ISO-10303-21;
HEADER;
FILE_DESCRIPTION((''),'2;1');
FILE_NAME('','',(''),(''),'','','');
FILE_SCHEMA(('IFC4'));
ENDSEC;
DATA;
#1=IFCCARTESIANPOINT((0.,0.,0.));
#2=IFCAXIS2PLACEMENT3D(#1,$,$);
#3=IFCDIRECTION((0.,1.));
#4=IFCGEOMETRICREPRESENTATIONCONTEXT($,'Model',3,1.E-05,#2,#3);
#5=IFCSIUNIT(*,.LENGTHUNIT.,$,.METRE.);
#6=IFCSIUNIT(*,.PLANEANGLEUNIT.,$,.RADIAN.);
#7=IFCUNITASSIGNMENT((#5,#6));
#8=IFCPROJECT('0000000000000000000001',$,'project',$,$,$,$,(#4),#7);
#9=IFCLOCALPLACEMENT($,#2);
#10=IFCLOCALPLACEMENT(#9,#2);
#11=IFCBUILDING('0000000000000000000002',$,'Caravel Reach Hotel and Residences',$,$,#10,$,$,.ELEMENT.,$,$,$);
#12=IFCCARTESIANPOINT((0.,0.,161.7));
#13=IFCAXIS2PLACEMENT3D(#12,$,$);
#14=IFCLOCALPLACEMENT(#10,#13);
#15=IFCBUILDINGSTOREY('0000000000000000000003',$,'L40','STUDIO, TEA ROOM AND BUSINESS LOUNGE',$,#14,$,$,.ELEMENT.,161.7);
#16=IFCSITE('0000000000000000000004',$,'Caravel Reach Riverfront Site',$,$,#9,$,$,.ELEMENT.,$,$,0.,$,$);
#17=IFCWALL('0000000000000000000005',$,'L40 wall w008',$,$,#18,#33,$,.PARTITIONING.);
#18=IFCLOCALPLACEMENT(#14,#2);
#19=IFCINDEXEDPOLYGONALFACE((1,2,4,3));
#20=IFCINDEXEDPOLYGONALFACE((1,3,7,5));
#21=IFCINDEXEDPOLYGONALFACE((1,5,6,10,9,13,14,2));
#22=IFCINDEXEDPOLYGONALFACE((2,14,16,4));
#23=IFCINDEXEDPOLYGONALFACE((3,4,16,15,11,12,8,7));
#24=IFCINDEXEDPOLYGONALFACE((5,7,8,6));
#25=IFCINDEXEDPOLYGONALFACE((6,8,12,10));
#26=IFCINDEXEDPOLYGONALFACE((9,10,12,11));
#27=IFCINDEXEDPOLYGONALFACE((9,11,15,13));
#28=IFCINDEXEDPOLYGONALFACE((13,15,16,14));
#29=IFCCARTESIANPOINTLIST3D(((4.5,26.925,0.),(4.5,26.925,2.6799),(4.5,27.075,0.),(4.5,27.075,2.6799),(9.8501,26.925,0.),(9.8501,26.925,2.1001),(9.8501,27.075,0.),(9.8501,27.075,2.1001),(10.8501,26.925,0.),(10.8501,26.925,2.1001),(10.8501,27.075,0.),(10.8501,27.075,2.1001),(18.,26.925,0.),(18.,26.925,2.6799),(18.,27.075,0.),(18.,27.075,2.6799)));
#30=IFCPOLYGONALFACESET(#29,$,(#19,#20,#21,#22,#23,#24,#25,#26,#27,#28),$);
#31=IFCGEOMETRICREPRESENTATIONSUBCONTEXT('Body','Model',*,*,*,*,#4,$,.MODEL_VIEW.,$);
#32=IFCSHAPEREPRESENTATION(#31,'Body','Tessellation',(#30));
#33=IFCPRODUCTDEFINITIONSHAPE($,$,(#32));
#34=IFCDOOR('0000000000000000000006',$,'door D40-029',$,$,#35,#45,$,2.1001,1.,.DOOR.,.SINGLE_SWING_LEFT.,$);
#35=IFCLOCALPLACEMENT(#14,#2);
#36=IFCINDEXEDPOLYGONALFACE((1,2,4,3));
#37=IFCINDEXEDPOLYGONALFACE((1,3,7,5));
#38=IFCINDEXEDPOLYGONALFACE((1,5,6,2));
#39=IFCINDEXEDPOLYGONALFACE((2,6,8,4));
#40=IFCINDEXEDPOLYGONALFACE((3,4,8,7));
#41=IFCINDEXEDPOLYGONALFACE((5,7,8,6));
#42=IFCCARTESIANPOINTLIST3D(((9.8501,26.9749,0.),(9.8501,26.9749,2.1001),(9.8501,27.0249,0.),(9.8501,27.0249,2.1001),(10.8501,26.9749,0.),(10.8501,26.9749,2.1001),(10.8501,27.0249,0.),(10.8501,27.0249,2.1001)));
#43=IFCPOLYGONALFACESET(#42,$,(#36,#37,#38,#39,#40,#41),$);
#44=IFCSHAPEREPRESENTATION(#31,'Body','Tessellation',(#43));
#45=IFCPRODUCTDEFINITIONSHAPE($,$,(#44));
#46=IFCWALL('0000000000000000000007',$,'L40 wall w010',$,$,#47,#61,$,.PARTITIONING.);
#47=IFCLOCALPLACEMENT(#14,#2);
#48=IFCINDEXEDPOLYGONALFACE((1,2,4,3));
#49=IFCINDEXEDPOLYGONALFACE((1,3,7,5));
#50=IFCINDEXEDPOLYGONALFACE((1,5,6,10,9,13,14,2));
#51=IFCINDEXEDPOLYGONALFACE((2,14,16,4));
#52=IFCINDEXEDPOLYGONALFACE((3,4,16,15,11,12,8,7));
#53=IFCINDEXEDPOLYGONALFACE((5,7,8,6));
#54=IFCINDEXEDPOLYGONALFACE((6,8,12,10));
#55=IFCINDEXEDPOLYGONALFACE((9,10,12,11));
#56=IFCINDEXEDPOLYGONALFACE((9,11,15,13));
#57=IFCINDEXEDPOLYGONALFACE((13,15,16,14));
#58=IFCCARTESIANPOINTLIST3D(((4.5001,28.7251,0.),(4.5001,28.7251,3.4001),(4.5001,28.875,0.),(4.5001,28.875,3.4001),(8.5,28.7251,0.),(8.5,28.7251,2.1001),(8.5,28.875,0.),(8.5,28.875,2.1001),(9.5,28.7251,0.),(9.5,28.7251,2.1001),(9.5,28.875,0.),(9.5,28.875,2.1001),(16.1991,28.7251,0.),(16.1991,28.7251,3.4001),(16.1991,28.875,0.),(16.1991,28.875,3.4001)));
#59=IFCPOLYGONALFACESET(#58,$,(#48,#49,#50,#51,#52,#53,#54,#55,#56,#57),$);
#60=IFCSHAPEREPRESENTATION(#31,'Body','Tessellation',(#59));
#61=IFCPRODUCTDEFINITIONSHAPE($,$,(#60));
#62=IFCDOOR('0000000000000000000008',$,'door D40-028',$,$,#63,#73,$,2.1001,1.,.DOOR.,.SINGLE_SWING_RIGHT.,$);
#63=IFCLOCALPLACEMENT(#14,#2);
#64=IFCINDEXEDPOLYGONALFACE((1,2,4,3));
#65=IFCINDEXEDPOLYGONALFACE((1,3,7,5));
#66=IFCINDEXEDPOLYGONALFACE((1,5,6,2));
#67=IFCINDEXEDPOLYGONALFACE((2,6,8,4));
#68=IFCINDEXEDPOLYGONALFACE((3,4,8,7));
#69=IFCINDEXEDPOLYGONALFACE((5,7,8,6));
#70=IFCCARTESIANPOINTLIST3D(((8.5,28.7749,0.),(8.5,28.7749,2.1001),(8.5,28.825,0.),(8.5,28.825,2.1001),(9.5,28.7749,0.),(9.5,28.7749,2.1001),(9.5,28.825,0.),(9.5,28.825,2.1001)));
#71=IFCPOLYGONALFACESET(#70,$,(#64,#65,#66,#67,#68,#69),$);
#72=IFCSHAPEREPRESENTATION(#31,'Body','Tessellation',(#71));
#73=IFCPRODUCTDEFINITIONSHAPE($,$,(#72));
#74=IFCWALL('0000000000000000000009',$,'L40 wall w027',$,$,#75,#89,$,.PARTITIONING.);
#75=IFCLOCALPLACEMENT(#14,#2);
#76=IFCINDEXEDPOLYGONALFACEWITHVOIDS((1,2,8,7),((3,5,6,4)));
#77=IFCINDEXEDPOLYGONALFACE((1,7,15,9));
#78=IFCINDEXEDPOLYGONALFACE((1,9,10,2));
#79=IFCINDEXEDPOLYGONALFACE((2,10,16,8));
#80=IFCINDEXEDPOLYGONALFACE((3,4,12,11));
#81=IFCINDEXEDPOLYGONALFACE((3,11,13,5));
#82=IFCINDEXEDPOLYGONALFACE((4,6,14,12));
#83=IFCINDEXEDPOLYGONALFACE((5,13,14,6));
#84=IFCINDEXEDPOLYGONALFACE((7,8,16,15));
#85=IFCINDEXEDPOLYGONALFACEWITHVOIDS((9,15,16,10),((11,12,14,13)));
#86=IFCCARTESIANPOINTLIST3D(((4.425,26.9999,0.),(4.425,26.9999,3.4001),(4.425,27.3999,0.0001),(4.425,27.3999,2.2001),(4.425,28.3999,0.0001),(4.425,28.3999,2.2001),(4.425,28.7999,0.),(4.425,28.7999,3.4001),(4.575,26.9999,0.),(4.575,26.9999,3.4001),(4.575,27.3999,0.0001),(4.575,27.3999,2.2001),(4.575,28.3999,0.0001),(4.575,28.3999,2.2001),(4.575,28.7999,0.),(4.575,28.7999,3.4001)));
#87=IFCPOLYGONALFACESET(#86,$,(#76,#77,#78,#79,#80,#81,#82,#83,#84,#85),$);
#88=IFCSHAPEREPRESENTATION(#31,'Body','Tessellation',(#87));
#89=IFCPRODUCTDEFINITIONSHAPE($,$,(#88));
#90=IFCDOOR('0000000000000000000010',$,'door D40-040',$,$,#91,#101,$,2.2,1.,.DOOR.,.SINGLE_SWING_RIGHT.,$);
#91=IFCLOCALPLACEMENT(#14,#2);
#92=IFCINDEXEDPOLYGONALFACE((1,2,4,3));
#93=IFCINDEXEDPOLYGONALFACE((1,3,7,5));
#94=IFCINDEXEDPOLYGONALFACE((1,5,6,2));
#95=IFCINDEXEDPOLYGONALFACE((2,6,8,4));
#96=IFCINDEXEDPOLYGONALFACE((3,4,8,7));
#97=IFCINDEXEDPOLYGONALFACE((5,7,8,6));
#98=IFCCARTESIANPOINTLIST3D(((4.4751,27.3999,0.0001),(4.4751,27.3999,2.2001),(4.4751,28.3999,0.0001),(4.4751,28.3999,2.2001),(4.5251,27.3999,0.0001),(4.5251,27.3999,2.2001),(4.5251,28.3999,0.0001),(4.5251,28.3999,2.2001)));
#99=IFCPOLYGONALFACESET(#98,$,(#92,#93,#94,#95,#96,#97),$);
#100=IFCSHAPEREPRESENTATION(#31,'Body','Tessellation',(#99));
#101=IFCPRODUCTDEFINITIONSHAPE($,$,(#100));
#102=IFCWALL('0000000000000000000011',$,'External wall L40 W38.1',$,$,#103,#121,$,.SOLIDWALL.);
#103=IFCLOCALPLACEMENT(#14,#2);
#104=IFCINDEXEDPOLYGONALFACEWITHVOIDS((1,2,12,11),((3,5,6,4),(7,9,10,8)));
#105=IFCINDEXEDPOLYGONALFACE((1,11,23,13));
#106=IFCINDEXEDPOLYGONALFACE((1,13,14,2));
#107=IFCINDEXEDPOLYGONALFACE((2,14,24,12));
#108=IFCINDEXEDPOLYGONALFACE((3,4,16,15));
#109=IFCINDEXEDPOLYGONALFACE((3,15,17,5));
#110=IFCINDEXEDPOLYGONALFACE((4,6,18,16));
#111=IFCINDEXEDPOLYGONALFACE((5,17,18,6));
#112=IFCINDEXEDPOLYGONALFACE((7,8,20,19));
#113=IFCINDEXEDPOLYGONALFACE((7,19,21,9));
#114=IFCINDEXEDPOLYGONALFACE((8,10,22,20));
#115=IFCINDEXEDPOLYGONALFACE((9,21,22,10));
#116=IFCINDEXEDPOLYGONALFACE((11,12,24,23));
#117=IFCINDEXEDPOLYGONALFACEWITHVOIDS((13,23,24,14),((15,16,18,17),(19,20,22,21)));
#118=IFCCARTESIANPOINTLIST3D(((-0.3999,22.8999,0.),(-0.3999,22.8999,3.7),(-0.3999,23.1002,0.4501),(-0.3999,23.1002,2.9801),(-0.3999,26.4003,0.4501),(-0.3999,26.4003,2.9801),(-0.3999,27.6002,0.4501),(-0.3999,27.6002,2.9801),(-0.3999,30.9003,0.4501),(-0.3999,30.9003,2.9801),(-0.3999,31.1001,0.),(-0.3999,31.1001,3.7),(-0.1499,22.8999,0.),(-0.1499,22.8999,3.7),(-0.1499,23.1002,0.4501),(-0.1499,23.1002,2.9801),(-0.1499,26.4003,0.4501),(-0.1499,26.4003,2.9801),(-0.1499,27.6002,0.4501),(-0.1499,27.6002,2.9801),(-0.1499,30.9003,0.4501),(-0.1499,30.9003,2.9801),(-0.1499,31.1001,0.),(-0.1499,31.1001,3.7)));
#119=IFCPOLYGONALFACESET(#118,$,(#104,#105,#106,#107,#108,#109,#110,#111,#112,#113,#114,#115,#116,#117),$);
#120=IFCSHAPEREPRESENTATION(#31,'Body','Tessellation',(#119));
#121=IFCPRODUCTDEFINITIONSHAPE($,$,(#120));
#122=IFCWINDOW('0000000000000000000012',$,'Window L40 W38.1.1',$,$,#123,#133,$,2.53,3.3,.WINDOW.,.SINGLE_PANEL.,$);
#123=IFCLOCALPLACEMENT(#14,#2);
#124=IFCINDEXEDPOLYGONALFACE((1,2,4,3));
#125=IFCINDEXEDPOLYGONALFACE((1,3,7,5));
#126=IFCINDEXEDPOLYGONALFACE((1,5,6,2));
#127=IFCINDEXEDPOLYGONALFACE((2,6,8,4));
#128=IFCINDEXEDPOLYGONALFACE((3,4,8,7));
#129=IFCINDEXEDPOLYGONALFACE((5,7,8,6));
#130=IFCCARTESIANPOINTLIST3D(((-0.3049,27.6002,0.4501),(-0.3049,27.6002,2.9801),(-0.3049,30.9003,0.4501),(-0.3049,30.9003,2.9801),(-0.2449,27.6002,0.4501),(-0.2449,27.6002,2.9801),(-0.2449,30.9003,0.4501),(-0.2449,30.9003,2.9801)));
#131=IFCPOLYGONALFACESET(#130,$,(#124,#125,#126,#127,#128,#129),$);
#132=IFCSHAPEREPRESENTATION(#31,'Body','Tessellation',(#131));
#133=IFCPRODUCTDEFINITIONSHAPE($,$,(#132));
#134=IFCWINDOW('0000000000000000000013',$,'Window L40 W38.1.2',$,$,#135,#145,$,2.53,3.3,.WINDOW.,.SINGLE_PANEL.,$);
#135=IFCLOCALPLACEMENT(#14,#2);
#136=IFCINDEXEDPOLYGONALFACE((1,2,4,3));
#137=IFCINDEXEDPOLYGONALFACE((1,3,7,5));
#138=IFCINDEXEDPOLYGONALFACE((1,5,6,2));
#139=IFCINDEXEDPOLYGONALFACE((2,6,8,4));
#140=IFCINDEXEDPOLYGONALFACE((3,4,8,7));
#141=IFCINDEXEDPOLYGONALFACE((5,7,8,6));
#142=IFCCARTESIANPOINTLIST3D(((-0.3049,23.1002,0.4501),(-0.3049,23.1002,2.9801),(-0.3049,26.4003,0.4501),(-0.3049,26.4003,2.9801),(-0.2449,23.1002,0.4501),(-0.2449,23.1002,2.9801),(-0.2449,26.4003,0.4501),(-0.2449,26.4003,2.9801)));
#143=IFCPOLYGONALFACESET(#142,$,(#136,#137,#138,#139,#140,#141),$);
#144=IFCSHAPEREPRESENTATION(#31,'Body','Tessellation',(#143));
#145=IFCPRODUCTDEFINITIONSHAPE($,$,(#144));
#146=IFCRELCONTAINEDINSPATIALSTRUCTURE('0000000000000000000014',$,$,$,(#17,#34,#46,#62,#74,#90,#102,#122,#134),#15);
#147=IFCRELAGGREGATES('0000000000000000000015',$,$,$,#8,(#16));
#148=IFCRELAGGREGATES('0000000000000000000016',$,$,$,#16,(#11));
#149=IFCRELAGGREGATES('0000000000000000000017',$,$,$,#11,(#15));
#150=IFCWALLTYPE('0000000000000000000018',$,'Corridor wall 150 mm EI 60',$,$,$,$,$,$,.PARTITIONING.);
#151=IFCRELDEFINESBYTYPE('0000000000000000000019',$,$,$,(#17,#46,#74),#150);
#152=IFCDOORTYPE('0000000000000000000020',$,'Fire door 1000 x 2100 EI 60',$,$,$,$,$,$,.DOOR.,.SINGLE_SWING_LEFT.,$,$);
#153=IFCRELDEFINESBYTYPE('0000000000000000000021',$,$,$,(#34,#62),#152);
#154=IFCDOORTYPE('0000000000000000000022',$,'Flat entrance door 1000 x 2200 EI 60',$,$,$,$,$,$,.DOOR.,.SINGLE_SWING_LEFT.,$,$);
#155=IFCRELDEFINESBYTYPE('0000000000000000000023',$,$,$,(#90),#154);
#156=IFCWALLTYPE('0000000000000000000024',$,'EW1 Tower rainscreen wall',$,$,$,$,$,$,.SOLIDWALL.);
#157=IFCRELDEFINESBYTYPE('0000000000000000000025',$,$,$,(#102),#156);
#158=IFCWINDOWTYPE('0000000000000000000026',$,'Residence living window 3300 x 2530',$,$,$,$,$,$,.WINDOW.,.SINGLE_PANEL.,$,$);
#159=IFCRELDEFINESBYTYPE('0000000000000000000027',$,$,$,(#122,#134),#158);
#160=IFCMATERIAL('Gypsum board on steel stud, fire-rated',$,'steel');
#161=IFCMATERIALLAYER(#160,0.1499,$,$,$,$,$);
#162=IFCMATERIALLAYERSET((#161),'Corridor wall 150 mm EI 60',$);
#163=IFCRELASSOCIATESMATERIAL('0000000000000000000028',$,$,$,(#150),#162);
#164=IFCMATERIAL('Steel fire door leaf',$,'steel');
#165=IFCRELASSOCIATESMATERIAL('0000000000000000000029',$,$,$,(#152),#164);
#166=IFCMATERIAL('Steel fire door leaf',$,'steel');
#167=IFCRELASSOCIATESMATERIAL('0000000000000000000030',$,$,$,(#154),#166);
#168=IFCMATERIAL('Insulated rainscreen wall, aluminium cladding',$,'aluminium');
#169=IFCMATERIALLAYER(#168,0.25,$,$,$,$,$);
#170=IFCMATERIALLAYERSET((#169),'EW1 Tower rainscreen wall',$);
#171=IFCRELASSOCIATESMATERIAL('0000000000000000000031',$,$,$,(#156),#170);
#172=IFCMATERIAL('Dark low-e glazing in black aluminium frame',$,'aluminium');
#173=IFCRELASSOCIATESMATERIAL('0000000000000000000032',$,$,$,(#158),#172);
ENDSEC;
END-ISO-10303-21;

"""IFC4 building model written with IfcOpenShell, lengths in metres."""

from ifc_helpers import new_model, si_unit, direction, frame, frame_2d, origin, place, context, subcontext, project, spatial, rectangle, extrude, material, layer, layer_set, type_object, element, fill, save


model = new_model("IFC4")

# Units and contexts
model_context = context("Model", 3, precision=1e-05, world=origin(), true_north=direction((0.0, 1.0)))
body_context = subcontext(model_context, "Body", "Model", "MODEL_VIEW")
ifc_project = project(units=[si_unit("LENGTHUNIT", "METRE"), si_unit("PLANEANGLEUNIT", "RADIAN")], contexts=[model_context])

# Site, building, storey
site_placement = place(None, origin())
site = spatial("IfcSite", under=ifc_project, at=site_placement, Name="Caravel Reach Riverfront Site", CompositionType="ELEMENT", RefElevation=0.0)
building_placement = place(site_placement, origin())
building = spatial("IfcBuilding", under=site, at=building_placement, Name="Caravel Reach Hotel and Residences", CompositionType="ELEMENT")
storey_placement = place(building_placement, frame((0.0, 0.0, 161.7)))
storey = spatial("IfcBuildingStorey", under=building, at=storey_placement, Name="L40", Description="STUDIO, TEA ROOM AND BUSINESS LOUNGE", CompositionType="ELEMENT", Elevation=161.7)

# Walls, openings, doors
ifc_material_1 = material(Name="Gypsum board on steel stud, fire-rated", Category="steel")
ifc_layer_1 = layer(ifc_material_1, 0.1499)
ifc_layer_set_1 = layer_set([ifc_layer_1], Name="Corridor wall 150 mm EI 60")
wall_type_1 = type_object("IfcWallType", Name="Corridor wall 150 mm EI 60", PredefinedType="PARTITIONING", material=ifc_layer_set_1)
wall_1_placement = place(storey_placement, frame((4.5, 27.0, 0.0), z_axis=(0.0, 0.0, 1.0), x_axis=(1.0, 0.0, 0.0)))
wall_1 = element("IfcWall", 1, at=wall_1_placement, inside=storey, type_object=wall_type_1, Name="L40 wall w008", PredefinedType="PARTITIONING", context=body_context, shape_type="SweptSolid", body=[
    extrude(rectangle(XDim=13.5, YDim=0.1499, at=frame_2d((6.75, 0.0))), origin(), (0.0, 0.0, 1.0), 2.6799),
])
opening_1_placement = place(wall_1_placement, frame((5.3501, 0.0, 0.0)))
opening_1 = element("IfcOpeningElement", 2, at=opening_1_placement, cuts=wall_1, PredefinedType="OPENING", context=body_context, shape_type="SweptSolid", body=[
    extrude(rectangle(XDim=1.0, YDim=2.1001, at=frame_2d((0.5, 1.05))), frame((0.0, 0.085, 0.0), z_axis=(0.0, -1.0, 0.0), x_axis=(1.0, 0.0, 0.0)), (0.0, 0.0, 1.0), 0.1699),
])
ifc_material_2 = material(Name="Steel fire door leaf", Category="steel")
door_type_1 = type_object("IfcDoorType", Name="Fire door 1000 x 2100 EI 60", OperationType="SINGLE_SWING_LEFT", PredefinedType="DOOR", material=ifc_material_2)
door_1_placement = place(opening_1_placement, origin())
door_1 = element("IfcDoor", 3, at=door_1_placement, inside=storey, type_object=door_type_1, Name="door D40-029", OperationType="SINGLE_SWING_LEFT", OverallHeight=2.1001, OverallWidth=1.0, PredefinedType="DOOR", context=body_context, shape_type="SweptSolid", body=[
    extrude(rectangle(XDim=1.0, YDim=2.1001, at=frame_2d((0.5, 1.05))), frame((0.0, 0.0249, 0.0), z_axis=(0.0, -1.0, 0.0), x_axis=(1.0, 0.0, 0.0)), (0.0, 0.0, 1.0), 0.05),
])
fill(opening_1, door_1)
wall_2_placement = place(storey_placement, frame((4.5, 28.8, 0.0), z_axis=(0.0, 0.0, 1.0), x_axis=(1.0, 0.0, 0.0)))
wall_2 = element("IfcWall", 4, at=wall_2_placement, inside=storey, type_object=wall_type_1, Name="L40 wall w010", PredefinedType="PARTITIONING", context=body_context, shape_type="SweptSolid", body=[
    extrude(rectangle(XDim=11.699, YDim=0.1499, at=frame_2d((5.8496, 0.0))), origin(), (0.0, 0.0, 1.0), 3.4001),
])
opening_2_placement = place(wall_2_placement, frame((4.0, 0.0, 0.0)))
opening_2 = element("IfcOpeningElement", 5, at=opening_2_placement, cuts=wall_2, PredefinedType="OPENING", context=body_context, shape_type="SweptSolid", body=[
    extrude(rectangle(XDim=1.0, YDim=2.1001, at=frame_2d((0.5, 1.05))), frame((0.0, 0.085, 0.0), z_axis=(0.0, -1.0, 0.0), x_axis=(1.0, 0.0, 0.0)), (0.0, 0.0, 1.0), 0.1699),
])
door_2_placement = place(opening_2_placement, origin())
door_2 = element("IfcDoor", 6, at=door_2_placement, inside=storey, type_object=door_type_1, Name="door D40-028", OperationType="SINGLE_SWING_RIGHT", OverallHeight=2.1001, OverallWidth=1.0, PredefinedType="DOOR", context=body_context, shape_type="SweptSolid", body=[
    extrude(rectangle(XDim=1.0, YDim=2.1001, at=frame_2d((0.5, 1.05))), frame((0.0, 0.0249, 0.0), z_axis=(0.0, -1.0, 0.0), x_axis=(1.0, 0.0, 0.0)), (0.0, 0.0, 1.0), 0.05),
])
fill(opening_2, door_2)
wall_3_placement = place(storey_placement, frame((4.5, 27.0, 0.0), z_axis=(0.0, 0.0, 1.0), x_axis=(0.0, 1.0, 0.0)))
wall_3 = element("IfcWall", 7, at=wall_3_placement, inside=storey, type_object=wall_type_1, Name="L40 wall w027", PredefinedType="PARTITIONING", context=body_context, shape_type="SweptSolid", body=[
    extrude(rectangle(XDim=1.8, YDim=0.1499, at=frame_2d((0.8999, 0.0))), origin(), (0.0, 0.0, 1.0), 3.4001),
])
opening_3_placement = place(wall_3_placement, frame((0.3999, 0.0, 0.0)))
opening_3 = element("IfcOpeningElement", 8, at=opening_3_placement, cuts=wall_3, PredefinedType="OPENING", context=body_context, shape_type="SweptSolid", body=[
    extrude(rectangle(XDim=1.0, YDim=2.2, at=frame_2d((0.5, 1.1001))), frame((0.0, 0.085, 0.0), z_axis=(0.0, -1.0, 0.0), x_axis=(1.0, 0.0, 0.0)), (0.0, 0.0, 1.0), 0.1699),
])
ifc_material_3 = material(Name="Steel fire door leaf", Category="steel")
door_type_2 = type_object("IfcDoorType", Name="Flat entrance door 1000 x 2200 EI 60", OperationType="SINGLE_SWING_LEFT", PredefinedType="DOOR", material=ifc_material_3)
door_3_placement = place(opening_3_placement, origin())
door_3 = element("IfcDoor", 9, at=door_3_placement, inside=storey, type_object=door_type_2, Name="door D40-040", OperationType="SINGLE_SWING_RIGHT", OverallHeight=2.2, OverallWidth=1.0, PredefinedType="DOOR", context=body_context, shape_type="SweptSolid", body=[
    extrude(rectangle(XDim=1.0, YDim=2.2, at=frame_2d((0.5, 1.1001))), frame((0.0, 0.0249, 0.0), z_axis=(0.0, -1.0, 0.0), x_axis=(1.0, 0.0, 0.0)), (0.0, 0.0, 1.0), 0.05),
])
fill(opening_3, door_3)

# Wall, openings, windows
ifc_material_4 = material(Name="Insulated rainscreen wall, aluminium cladding", Category="aluminium")
ifc_layer_2 = layer(ifc_material_4, 0.25)
ifc_layer_set_2 = layer_set([ifc_layer_2], Name="EW1 Tower rainscreen wall")
wall_type_2 = type_object("IfcWallType", Name="EW1 Tower rainscreen wall", PredefinedType="SOLIDWALL", material=ifc_layer_set_2)
wall_4_placement = place(storey_placement, frame((-0.2749, 31.1001, 0.0), z_axis=(0.0, 0.0, 1.0), x_axis=(0.0, -1.0, 0.0)))
wall_4 = element("IfcWall", 10, at=wall_4_placement, inside=storey, type_object=wall_type_2, Name="External wall L40 W38.1", PredefinedType="SOLIDWALL", context=body_context, shape_type="SweptSolid", body=[
    extrude(rectangle(XDim=8.2002, YDim=0.25, at=frame_2d((4.1001, 0.0))), origin(), (0.0, 0.0, 1.0), 3.7),
])
opening_4_placement = place(wall_4_placement, frame((0.2, 0.0, 0.45)))
opening_4 = element("IfcOpeningElement", 11, at=opening_4_placement, cuts=wall_4, PredefinedType="OPENING", context=body_context, shape_type="SweptSolid", body=[
    extrude(rectangle(XDim=3.3, YDim=2.53, at=frame_2d((1.6499, 1.2651))), frame((0.0, 0.135, 0.0), z_axis=(0.0, -1.0, 0.0), x_axis=(1.0, 0.0, 0.0)), (0.0, 0.0, 1.0), 0.27),
])
opening_5_placement = place(wall_4_placement, frame((4.7, 0.0, 0.45)))
opening_5 = element("IfcOpeningElement", 12, at=opening_5_placement, cuts=wall_4, PredefinedType="OPENING", context=body_context, shape_type="SweptSolid", body=[
    extrude(rectangle(XDim=3.3, YDim=2.53, at=frame_2d((1.6499, 1.2651))), frame((0.0, 0.135, 0.0), z_axis=(0.0, -1.0, 0.0), x_axis=(1.0, 0.0, 0.0)), (0.0, 0.0, 1.0), 0.27),
])
ifc_material_5 = material(Name="Dark low-e glazing in black aluminium frame", Category="aluminium")
window_type = type_object("IfcWindowType", Name="Residence living window 3300 x 2530", PartitioningType="SINGLE_PANEL", PredefinedType="WINDOW", material=ifc_material_5)
window_1_placement = place(opening_4_placement, origin())
window_1 = element("IfcWindow", 13, at=window_1_placement, inside=storey, type_object=window_type, Name="Window L40 W38.1.1", OverallHeight=2.53, OverallWidth=3.3, PartitioningType="SINGLE_PANEL", PredefinedType="WINDOW", context=body_context, shape_type="SweptSolid", body=[
    extrude(rectangle(XDim=3.3, YDim=2.53, at=frame_2d((1.6499, 1.2651))), frame((0.0, 0.03, 0.0), z_axis=(0.0, -1.0, 0.0), x_axis=(1.0, 0.0, 0.0)), (0.0, 0.0, 1.0), 0.0601),
])
fill(opening_4, window_1)
window_2_placement = place(opening_5_placement, origin())
window_2 = element("IfcWindow", 14, at=window_2_placement, inside=storey, type_object=window_type, Name="Window L40 W38.1.2", OverallHeight=2.53, OverallWidth=3.3, PartitioningType="SINGLE_PANEL", PredefinedType="WINDOW", context=body_context, shape_type="SweptSolid", body=[
    extrude(rectangle(XDim=3.3, YDim=2.53, at=frame_2d((1.6499, 1.2651))), frame((0.0, 0.03, 0.0), z_axis=(0.0, -1.0, 0.0), x_axis=(1.0, 0.0, 0.0)), (0.0, 0.0, 1.0), 0.0601),
])
fill(opening_5, window_2)

save(model, "model.ifc")
